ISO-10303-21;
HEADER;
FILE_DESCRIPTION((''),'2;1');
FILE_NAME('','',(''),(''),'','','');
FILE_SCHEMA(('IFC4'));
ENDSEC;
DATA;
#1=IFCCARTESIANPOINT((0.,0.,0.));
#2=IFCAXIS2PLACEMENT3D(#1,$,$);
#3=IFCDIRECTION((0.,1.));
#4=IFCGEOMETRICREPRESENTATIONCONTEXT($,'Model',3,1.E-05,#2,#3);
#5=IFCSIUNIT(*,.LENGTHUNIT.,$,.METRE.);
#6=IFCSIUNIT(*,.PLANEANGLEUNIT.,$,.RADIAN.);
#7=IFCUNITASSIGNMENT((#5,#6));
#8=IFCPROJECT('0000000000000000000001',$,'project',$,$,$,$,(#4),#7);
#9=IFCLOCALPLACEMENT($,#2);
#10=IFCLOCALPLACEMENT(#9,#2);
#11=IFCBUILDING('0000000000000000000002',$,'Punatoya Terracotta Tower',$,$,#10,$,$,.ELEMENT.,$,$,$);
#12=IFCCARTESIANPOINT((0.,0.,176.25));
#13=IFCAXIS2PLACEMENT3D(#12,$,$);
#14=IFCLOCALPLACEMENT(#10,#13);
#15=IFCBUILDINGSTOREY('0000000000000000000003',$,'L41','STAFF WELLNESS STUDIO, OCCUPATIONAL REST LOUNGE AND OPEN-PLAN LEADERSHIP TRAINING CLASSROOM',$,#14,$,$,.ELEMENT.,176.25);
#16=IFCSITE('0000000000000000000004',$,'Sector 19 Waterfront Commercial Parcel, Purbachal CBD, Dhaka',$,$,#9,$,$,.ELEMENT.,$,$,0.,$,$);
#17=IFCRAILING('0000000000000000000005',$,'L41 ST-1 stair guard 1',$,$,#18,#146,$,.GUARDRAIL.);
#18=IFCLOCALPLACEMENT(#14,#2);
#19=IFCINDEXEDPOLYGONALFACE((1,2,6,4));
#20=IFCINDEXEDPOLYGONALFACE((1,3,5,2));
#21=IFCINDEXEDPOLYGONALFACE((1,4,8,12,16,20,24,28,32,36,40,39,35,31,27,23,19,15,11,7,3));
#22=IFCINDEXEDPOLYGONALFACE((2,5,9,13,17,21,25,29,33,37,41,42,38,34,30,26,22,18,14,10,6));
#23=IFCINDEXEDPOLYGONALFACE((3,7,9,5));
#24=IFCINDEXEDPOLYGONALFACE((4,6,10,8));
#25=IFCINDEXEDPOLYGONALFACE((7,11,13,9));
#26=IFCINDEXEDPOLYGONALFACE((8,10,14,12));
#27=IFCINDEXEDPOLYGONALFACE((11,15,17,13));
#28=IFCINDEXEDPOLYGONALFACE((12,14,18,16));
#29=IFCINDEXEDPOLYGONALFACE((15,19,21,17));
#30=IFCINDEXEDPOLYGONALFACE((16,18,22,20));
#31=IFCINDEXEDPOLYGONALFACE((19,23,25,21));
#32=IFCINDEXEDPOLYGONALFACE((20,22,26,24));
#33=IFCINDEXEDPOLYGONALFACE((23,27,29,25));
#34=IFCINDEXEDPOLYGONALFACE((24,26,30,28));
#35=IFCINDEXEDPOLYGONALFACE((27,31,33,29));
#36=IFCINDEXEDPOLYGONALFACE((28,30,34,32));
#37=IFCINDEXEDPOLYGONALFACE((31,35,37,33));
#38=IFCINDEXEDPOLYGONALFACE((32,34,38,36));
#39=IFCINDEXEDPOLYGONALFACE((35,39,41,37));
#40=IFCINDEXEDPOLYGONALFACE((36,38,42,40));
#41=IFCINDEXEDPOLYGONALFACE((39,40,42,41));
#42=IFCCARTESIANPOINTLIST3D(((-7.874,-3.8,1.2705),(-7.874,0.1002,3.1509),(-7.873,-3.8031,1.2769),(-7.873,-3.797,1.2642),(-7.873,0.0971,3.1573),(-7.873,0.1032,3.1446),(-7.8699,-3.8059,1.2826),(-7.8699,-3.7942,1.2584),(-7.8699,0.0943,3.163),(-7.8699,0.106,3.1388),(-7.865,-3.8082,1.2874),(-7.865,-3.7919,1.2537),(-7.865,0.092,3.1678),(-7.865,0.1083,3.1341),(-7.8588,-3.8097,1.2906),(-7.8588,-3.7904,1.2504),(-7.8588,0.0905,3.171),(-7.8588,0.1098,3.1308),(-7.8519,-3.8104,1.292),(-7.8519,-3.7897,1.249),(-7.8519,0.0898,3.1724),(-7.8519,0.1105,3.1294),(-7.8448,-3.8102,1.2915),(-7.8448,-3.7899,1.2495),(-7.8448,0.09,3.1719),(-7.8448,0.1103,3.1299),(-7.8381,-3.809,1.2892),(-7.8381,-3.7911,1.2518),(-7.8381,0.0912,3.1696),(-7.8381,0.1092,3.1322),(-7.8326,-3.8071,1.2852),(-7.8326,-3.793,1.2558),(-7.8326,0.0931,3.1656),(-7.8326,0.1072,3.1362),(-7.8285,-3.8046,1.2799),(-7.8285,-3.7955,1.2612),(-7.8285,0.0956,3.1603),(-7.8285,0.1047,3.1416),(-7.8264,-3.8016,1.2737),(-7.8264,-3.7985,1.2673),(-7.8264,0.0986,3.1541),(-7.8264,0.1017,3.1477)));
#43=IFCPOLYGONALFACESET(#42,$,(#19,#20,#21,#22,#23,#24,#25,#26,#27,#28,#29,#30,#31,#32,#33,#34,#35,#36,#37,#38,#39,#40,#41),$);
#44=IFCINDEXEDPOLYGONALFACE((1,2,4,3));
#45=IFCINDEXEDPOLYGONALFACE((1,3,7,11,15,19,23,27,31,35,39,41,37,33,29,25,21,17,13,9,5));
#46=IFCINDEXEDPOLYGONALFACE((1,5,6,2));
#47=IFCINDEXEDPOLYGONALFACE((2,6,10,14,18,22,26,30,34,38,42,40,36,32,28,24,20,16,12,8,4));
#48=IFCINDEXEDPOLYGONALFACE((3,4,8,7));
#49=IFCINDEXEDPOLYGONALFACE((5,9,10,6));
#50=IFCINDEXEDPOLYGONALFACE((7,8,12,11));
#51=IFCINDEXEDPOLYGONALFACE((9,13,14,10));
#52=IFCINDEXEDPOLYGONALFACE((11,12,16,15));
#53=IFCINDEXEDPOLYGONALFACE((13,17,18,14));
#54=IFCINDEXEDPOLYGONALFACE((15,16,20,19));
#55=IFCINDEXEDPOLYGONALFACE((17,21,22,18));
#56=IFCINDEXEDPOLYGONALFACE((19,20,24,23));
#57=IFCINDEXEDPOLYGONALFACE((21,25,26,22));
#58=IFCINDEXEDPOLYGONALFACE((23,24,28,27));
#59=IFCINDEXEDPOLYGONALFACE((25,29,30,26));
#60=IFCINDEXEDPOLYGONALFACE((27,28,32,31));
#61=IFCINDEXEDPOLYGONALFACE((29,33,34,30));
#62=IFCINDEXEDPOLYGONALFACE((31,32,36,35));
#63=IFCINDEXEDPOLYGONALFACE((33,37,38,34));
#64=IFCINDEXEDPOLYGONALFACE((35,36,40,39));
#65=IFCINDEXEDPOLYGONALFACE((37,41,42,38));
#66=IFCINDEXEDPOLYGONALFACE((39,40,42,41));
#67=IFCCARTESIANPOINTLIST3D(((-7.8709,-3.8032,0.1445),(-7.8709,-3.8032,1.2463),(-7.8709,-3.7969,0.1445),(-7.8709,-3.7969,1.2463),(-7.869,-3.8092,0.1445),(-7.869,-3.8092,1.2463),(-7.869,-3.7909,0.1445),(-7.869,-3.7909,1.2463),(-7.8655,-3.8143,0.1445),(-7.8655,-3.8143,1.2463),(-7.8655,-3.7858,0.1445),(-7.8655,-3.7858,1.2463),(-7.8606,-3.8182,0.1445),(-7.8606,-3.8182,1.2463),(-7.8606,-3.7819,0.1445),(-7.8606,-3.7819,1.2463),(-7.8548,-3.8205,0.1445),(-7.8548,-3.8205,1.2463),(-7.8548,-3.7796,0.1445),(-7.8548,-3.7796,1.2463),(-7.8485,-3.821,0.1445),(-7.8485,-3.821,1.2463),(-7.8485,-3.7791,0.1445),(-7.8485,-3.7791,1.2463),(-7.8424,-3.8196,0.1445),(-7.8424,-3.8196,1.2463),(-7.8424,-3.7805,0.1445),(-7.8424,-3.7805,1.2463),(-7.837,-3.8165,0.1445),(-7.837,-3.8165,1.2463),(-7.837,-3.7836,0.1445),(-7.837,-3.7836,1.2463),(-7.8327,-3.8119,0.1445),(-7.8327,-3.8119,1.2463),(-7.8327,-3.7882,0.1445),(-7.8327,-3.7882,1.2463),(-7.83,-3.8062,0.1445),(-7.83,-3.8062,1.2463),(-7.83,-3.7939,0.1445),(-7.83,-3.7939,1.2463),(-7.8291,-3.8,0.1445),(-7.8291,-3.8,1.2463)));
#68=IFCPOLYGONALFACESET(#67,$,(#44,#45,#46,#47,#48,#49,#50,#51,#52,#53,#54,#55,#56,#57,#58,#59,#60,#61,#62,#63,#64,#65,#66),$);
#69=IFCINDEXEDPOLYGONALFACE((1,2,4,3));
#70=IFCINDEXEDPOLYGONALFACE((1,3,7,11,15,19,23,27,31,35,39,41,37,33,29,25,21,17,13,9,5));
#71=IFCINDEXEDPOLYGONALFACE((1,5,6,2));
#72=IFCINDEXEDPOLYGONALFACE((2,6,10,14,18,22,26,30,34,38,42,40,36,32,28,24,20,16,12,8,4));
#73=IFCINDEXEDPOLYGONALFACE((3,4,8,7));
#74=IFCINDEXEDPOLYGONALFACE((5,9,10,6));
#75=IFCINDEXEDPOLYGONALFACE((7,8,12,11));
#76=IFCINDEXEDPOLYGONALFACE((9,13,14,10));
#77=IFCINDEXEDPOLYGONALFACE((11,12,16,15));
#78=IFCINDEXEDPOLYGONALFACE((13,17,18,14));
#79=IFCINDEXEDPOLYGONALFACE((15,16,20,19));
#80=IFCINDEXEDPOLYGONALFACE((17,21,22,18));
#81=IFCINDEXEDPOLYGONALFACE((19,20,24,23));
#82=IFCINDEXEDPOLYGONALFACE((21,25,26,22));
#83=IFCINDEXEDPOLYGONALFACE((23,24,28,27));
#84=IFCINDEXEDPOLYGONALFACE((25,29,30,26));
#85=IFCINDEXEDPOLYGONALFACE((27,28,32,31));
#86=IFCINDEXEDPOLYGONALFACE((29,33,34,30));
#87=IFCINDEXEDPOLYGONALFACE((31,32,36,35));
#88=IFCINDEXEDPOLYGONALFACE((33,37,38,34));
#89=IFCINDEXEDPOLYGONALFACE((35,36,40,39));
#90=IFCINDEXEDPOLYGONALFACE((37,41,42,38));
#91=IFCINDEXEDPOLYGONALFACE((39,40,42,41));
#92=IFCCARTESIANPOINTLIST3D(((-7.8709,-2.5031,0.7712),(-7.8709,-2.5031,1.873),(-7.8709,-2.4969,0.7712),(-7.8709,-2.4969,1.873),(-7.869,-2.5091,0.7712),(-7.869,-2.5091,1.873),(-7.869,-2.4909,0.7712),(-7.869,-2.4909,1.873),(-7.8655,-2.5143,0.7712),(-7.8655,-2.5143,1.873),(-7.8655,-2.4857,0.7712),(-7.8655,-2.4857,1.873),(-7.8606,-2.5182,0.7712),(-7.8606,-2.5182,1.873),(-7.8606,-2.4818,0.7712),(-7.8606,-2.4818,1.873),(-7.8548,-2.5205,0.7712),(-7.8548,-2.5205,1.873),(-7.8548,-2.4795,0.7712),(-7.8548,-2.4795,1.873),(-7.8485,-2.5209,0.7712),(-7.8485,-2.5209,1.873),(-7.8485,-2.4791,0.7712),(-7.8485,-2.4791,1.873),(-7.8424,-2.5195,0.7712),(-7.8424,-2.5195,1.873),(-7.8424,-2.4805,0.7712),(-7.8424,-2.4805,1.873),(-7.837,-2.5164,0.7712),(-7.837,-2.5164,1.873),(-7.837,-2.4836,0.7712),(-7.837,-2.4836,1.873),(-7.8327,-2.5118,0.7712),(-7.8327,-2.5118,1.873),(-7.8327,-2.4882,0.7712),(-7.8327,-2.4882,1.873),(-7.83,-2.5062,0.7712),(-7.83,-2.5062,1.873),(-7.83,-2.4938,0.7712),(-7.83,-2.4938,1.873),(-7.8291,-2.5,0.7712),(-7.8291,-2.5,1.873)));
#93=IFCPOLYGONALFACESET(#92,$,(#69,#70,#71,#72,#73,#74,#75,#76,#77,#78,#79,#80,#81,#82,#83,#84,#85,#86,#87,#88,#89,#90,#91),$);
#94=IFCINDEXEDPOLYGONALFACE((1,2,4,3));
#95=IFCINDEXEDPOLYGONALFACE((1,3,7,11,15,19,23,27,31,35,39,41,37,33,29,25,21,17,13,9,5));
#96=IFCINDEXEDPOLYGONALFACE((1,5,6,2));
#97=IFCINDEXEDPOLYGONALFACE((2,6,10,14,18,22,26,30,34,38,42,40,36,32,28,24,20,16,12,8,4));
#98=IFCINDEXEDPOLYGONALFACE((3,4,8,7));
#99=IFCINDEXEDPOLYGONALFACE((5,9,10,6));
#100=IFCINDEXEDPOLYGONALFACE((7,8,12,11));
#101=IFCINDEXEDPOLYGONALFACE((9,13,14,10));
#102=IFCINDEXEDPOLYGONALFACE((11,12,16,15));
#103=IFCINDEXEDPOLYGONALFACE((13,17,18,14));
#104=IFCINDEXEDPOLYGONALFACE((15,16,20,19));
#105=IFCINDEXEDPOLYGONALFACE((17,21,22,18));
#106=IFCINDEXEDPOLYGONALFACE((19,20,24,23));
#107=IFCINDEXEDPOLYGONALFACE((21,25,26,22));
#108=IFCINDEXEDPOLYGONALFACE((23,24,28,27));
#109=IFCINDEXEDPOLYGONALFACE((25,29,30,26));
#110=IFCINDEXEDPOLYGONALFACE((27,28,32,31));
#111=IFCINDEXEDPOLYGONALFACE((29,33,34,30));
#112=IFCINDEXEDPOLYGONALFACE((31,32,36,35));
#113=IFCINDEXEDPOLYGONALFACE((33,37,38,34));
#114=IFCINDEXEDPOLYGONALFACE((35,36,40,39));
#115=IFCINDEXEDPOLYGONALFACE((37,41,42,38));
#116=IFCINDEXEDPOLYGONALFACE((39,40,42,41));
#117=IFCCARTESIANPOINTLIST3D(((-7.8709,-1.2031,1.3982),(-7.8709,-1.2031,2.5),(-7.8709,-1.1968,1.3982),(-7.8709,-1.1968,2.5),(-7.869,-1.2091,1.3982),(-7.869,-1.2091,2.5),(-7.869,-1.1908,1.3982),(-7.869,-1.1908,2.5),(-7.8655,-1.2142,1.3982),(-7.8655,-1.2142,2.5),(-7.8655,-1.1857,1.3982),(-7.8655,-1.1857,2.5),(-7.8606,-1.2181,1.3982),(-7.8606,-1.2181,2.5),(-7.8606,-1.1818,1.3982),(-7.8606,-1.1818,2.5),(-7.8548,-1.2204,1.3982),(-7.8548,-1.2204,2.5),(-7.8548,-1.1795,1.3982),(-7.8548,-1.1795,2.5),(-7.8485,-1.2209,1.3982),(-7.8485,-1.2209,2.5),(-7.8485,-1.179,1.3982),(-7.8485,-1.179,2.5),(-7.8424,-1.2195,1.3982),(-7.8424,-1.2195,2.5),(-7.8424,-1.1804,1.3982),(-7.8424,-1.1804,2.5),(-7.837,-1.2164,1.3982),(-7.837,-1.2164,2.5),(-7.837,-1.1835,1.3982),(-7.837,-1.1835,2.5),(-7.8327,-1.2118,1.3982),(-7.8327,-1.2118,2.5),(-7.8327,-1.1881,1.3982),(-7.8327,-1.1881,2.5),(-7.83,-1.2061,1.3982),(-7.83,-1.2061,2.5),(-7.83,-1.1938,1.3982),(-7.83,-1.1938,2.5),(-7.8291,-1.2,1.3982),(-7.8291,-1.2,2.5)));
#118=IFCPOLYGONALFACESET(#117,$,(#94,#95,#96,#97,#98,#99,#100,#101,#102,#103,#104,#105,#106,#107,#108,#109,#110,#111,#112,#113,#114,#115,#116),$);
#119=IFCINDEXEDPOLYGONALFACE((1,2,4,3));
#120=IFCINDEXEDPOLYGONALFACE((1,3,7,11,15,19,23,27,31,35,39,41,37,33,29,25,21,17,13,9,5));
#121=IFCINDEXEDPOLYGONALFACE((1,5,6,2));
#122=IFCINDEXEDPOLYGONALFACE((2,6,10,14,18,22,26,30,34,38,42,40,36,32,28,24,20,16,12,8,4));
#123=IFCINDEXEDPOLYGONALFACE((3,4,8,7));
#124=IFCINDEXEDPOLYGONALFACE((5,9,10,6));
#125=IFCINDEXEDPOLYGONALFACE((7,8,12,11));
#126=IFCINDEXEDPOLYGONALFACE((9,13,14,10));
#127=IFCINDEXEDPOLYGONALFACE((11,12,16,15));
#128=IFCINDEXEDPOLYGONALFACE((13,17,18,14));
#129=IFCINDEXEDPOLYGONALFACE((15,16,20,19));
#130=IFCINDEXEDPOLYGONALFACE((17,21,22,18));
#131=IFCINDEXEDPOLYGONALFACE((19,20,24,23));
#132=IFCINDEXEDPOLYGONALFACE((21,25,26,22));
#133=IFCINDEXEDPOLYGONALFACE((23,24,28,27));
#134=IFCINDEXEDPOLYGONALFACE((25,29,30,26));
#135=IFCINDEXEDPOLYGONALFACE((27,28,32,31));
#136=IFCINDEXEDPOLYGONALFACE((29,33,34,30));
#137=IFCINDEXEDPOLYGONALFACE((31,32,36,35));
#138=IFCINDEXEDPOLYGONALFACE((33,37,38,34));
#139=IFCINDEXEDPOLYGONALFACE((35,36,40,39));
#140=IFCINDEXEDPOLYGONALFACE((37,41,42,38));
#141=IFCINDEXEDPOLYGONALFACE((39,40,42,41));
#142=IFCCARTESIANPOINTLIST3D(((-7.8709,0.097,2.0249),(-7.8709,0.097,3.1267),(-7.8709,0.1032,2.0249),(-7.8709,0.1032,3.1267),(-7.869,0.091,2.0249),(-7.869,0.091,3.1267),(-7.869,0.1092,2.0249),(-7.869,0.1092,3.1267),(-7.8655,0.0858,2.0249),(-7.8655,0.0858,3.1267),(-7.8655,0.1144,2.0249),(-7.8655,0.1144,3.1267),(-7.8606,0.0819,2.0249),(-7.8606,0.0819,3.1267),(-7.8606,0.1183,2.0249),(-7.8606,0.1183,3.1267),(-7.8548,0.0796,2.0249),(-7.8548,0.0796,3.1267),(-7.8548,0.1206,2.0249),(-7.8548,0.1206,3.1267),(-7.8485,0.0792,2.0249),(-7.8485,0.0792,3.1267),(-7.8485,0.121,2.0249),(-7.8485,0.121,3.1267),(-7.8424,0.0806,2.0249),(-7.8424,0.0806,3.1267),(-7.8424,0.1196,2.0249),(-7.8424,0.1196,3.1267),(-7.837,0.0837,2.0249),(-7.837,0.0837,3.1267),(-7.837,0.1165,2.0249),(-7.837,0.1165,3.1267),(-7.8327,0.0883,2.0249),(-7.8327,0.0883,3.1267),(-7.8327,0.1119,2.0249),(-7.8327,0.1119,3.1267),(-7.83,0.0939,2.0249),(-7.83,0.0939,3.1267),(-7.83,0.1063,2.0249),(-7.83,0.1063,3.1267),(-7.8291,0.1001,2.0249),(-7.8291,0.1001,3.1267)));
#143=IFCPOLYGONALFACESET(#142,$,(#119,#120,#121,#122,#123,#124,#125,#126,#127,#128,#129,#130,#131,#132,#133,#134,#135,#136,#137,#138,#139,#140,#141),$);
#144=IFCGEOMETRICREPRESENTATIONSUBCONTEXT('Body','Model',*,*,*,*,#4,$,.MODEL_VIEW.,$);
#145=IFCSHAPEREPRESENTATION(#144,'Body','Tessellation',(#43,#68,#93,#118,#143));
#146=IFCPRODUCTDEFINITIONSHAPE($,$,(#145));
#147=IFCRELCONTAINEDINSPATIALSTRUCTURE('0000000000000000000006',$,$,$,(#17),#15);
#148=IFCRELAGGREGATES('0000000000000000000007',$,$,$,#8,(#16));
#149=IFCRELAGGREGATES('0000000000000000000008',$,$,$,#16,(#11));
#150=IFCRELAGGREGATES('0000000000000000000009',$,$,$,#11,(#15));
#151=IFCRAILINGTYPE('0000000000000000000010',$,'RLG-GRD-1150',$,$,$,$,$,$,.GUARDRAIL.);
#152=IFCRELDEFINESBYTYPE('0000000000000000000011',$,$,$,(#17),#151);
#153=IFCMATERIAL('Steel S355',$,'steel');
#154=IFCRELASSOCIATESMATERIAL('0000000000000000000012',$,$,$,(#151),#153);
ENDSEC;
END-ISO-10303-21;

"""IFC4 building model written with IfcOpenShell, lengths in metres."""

from ifc_helpers import new_model, si_unit, direction, frame, origin, origin_2d, place, context, subcontext, project, spatial, circle, extrude, material, type_object, element, save


model = new_model("IFC4")

# Units and contexts
model_context = context("Model", 3, precision=1e-05, world=origin(), true_north=direction((0.0, 1.0)))
body_context = subcontext(model_context, "Body", "Model", "MODEL_VIEW")
ifc_project = project(units=[si_unit("LENGTHUNIT", "METRE"), si_unit("PLANEANGLEUNIT", "RADIAN")], contexts=[model_context])

# Site, building, storey
site_placement = place(None, origin())
site = spatial("IfcSite", under=ifc_project, at=site_placement, Name="Sector 19 Waterfront Commercial Parcel, Purbachal CBD, Dhaka", CompositionType="ELEMENT", RefElevation=0.0)
building_placement = place(site_placement, origin())
building = spatial("IfcBuilding", under=site, at=building_placement, Name="Punatoya Terracotta Tower", CompositionType="ELEMENT")
storey_placement = place(building_placement, frame((0.0, 0.0, 176.25)))
storey = spatial("IfcBuildingStorey", under=building, at=storey_placement, Name="L41", Description="STAFF WELLNESS STUDIO, OCCUPATIONAL REST LOUNGE AND OPEN-PLAN LEADERSHIP TRAINING CLASSROOM", CompositionType="ELEMENT", Elevation=176.25)

# Shared definitions
ifc_material_1 = material(Name="Steel S355", Category="steel")

# Railing
railing_type_1 = type_object("IfcRailingType", Name="RLG-GRD-1150", PredefinedType="GUARDRAIL", material=ifc_material_1)
railing_1_placement = place(storey_placement, frame((-7.8501, -3.8, 0.1445)))
element("IfcRailing", 1, at=railing_1_placement, inside=storey, type_object=railing_type_1, Name="L41 ST-1 stair guard 1", PredefinedType="GUARDRAIL", context=body_context, shape_type="SweptSolid", body=[
    extrude(circle(Radius=0.0239, at=origin_2d()), frame((0.0, 0.0, 1.126), z_axis=(0.0, 0.900774, 0.434289), x_axis=(-1.0, 0.0, 0.0)), (0.0, 0.0, 1.0), 4.3298),
    extrude(circle(Radius=0.021, at=origin_2d()), origin(), (0.0, 0.0, 1.0), 1.1018),
    extrude(circle(Radius=0.021, at=origin_2d()), frame((0.0, 1.3, 0.6267)), (0.0, 0.0, 1.0), 1.1018),
    extrude(circle(Radius=0.021, at=origin_2d()), frame((0.0, 2.6001, 1.2537)), (0.0, 0.0, 1.0), 1.1018),
    extrude(circle(Radius=0.021, at=origin_2d()), frame((0.0, 3.9001, 1.8804)), (0.0, 0.0, 1.0), 1.1018),
])

save(model, "model.ifc")
